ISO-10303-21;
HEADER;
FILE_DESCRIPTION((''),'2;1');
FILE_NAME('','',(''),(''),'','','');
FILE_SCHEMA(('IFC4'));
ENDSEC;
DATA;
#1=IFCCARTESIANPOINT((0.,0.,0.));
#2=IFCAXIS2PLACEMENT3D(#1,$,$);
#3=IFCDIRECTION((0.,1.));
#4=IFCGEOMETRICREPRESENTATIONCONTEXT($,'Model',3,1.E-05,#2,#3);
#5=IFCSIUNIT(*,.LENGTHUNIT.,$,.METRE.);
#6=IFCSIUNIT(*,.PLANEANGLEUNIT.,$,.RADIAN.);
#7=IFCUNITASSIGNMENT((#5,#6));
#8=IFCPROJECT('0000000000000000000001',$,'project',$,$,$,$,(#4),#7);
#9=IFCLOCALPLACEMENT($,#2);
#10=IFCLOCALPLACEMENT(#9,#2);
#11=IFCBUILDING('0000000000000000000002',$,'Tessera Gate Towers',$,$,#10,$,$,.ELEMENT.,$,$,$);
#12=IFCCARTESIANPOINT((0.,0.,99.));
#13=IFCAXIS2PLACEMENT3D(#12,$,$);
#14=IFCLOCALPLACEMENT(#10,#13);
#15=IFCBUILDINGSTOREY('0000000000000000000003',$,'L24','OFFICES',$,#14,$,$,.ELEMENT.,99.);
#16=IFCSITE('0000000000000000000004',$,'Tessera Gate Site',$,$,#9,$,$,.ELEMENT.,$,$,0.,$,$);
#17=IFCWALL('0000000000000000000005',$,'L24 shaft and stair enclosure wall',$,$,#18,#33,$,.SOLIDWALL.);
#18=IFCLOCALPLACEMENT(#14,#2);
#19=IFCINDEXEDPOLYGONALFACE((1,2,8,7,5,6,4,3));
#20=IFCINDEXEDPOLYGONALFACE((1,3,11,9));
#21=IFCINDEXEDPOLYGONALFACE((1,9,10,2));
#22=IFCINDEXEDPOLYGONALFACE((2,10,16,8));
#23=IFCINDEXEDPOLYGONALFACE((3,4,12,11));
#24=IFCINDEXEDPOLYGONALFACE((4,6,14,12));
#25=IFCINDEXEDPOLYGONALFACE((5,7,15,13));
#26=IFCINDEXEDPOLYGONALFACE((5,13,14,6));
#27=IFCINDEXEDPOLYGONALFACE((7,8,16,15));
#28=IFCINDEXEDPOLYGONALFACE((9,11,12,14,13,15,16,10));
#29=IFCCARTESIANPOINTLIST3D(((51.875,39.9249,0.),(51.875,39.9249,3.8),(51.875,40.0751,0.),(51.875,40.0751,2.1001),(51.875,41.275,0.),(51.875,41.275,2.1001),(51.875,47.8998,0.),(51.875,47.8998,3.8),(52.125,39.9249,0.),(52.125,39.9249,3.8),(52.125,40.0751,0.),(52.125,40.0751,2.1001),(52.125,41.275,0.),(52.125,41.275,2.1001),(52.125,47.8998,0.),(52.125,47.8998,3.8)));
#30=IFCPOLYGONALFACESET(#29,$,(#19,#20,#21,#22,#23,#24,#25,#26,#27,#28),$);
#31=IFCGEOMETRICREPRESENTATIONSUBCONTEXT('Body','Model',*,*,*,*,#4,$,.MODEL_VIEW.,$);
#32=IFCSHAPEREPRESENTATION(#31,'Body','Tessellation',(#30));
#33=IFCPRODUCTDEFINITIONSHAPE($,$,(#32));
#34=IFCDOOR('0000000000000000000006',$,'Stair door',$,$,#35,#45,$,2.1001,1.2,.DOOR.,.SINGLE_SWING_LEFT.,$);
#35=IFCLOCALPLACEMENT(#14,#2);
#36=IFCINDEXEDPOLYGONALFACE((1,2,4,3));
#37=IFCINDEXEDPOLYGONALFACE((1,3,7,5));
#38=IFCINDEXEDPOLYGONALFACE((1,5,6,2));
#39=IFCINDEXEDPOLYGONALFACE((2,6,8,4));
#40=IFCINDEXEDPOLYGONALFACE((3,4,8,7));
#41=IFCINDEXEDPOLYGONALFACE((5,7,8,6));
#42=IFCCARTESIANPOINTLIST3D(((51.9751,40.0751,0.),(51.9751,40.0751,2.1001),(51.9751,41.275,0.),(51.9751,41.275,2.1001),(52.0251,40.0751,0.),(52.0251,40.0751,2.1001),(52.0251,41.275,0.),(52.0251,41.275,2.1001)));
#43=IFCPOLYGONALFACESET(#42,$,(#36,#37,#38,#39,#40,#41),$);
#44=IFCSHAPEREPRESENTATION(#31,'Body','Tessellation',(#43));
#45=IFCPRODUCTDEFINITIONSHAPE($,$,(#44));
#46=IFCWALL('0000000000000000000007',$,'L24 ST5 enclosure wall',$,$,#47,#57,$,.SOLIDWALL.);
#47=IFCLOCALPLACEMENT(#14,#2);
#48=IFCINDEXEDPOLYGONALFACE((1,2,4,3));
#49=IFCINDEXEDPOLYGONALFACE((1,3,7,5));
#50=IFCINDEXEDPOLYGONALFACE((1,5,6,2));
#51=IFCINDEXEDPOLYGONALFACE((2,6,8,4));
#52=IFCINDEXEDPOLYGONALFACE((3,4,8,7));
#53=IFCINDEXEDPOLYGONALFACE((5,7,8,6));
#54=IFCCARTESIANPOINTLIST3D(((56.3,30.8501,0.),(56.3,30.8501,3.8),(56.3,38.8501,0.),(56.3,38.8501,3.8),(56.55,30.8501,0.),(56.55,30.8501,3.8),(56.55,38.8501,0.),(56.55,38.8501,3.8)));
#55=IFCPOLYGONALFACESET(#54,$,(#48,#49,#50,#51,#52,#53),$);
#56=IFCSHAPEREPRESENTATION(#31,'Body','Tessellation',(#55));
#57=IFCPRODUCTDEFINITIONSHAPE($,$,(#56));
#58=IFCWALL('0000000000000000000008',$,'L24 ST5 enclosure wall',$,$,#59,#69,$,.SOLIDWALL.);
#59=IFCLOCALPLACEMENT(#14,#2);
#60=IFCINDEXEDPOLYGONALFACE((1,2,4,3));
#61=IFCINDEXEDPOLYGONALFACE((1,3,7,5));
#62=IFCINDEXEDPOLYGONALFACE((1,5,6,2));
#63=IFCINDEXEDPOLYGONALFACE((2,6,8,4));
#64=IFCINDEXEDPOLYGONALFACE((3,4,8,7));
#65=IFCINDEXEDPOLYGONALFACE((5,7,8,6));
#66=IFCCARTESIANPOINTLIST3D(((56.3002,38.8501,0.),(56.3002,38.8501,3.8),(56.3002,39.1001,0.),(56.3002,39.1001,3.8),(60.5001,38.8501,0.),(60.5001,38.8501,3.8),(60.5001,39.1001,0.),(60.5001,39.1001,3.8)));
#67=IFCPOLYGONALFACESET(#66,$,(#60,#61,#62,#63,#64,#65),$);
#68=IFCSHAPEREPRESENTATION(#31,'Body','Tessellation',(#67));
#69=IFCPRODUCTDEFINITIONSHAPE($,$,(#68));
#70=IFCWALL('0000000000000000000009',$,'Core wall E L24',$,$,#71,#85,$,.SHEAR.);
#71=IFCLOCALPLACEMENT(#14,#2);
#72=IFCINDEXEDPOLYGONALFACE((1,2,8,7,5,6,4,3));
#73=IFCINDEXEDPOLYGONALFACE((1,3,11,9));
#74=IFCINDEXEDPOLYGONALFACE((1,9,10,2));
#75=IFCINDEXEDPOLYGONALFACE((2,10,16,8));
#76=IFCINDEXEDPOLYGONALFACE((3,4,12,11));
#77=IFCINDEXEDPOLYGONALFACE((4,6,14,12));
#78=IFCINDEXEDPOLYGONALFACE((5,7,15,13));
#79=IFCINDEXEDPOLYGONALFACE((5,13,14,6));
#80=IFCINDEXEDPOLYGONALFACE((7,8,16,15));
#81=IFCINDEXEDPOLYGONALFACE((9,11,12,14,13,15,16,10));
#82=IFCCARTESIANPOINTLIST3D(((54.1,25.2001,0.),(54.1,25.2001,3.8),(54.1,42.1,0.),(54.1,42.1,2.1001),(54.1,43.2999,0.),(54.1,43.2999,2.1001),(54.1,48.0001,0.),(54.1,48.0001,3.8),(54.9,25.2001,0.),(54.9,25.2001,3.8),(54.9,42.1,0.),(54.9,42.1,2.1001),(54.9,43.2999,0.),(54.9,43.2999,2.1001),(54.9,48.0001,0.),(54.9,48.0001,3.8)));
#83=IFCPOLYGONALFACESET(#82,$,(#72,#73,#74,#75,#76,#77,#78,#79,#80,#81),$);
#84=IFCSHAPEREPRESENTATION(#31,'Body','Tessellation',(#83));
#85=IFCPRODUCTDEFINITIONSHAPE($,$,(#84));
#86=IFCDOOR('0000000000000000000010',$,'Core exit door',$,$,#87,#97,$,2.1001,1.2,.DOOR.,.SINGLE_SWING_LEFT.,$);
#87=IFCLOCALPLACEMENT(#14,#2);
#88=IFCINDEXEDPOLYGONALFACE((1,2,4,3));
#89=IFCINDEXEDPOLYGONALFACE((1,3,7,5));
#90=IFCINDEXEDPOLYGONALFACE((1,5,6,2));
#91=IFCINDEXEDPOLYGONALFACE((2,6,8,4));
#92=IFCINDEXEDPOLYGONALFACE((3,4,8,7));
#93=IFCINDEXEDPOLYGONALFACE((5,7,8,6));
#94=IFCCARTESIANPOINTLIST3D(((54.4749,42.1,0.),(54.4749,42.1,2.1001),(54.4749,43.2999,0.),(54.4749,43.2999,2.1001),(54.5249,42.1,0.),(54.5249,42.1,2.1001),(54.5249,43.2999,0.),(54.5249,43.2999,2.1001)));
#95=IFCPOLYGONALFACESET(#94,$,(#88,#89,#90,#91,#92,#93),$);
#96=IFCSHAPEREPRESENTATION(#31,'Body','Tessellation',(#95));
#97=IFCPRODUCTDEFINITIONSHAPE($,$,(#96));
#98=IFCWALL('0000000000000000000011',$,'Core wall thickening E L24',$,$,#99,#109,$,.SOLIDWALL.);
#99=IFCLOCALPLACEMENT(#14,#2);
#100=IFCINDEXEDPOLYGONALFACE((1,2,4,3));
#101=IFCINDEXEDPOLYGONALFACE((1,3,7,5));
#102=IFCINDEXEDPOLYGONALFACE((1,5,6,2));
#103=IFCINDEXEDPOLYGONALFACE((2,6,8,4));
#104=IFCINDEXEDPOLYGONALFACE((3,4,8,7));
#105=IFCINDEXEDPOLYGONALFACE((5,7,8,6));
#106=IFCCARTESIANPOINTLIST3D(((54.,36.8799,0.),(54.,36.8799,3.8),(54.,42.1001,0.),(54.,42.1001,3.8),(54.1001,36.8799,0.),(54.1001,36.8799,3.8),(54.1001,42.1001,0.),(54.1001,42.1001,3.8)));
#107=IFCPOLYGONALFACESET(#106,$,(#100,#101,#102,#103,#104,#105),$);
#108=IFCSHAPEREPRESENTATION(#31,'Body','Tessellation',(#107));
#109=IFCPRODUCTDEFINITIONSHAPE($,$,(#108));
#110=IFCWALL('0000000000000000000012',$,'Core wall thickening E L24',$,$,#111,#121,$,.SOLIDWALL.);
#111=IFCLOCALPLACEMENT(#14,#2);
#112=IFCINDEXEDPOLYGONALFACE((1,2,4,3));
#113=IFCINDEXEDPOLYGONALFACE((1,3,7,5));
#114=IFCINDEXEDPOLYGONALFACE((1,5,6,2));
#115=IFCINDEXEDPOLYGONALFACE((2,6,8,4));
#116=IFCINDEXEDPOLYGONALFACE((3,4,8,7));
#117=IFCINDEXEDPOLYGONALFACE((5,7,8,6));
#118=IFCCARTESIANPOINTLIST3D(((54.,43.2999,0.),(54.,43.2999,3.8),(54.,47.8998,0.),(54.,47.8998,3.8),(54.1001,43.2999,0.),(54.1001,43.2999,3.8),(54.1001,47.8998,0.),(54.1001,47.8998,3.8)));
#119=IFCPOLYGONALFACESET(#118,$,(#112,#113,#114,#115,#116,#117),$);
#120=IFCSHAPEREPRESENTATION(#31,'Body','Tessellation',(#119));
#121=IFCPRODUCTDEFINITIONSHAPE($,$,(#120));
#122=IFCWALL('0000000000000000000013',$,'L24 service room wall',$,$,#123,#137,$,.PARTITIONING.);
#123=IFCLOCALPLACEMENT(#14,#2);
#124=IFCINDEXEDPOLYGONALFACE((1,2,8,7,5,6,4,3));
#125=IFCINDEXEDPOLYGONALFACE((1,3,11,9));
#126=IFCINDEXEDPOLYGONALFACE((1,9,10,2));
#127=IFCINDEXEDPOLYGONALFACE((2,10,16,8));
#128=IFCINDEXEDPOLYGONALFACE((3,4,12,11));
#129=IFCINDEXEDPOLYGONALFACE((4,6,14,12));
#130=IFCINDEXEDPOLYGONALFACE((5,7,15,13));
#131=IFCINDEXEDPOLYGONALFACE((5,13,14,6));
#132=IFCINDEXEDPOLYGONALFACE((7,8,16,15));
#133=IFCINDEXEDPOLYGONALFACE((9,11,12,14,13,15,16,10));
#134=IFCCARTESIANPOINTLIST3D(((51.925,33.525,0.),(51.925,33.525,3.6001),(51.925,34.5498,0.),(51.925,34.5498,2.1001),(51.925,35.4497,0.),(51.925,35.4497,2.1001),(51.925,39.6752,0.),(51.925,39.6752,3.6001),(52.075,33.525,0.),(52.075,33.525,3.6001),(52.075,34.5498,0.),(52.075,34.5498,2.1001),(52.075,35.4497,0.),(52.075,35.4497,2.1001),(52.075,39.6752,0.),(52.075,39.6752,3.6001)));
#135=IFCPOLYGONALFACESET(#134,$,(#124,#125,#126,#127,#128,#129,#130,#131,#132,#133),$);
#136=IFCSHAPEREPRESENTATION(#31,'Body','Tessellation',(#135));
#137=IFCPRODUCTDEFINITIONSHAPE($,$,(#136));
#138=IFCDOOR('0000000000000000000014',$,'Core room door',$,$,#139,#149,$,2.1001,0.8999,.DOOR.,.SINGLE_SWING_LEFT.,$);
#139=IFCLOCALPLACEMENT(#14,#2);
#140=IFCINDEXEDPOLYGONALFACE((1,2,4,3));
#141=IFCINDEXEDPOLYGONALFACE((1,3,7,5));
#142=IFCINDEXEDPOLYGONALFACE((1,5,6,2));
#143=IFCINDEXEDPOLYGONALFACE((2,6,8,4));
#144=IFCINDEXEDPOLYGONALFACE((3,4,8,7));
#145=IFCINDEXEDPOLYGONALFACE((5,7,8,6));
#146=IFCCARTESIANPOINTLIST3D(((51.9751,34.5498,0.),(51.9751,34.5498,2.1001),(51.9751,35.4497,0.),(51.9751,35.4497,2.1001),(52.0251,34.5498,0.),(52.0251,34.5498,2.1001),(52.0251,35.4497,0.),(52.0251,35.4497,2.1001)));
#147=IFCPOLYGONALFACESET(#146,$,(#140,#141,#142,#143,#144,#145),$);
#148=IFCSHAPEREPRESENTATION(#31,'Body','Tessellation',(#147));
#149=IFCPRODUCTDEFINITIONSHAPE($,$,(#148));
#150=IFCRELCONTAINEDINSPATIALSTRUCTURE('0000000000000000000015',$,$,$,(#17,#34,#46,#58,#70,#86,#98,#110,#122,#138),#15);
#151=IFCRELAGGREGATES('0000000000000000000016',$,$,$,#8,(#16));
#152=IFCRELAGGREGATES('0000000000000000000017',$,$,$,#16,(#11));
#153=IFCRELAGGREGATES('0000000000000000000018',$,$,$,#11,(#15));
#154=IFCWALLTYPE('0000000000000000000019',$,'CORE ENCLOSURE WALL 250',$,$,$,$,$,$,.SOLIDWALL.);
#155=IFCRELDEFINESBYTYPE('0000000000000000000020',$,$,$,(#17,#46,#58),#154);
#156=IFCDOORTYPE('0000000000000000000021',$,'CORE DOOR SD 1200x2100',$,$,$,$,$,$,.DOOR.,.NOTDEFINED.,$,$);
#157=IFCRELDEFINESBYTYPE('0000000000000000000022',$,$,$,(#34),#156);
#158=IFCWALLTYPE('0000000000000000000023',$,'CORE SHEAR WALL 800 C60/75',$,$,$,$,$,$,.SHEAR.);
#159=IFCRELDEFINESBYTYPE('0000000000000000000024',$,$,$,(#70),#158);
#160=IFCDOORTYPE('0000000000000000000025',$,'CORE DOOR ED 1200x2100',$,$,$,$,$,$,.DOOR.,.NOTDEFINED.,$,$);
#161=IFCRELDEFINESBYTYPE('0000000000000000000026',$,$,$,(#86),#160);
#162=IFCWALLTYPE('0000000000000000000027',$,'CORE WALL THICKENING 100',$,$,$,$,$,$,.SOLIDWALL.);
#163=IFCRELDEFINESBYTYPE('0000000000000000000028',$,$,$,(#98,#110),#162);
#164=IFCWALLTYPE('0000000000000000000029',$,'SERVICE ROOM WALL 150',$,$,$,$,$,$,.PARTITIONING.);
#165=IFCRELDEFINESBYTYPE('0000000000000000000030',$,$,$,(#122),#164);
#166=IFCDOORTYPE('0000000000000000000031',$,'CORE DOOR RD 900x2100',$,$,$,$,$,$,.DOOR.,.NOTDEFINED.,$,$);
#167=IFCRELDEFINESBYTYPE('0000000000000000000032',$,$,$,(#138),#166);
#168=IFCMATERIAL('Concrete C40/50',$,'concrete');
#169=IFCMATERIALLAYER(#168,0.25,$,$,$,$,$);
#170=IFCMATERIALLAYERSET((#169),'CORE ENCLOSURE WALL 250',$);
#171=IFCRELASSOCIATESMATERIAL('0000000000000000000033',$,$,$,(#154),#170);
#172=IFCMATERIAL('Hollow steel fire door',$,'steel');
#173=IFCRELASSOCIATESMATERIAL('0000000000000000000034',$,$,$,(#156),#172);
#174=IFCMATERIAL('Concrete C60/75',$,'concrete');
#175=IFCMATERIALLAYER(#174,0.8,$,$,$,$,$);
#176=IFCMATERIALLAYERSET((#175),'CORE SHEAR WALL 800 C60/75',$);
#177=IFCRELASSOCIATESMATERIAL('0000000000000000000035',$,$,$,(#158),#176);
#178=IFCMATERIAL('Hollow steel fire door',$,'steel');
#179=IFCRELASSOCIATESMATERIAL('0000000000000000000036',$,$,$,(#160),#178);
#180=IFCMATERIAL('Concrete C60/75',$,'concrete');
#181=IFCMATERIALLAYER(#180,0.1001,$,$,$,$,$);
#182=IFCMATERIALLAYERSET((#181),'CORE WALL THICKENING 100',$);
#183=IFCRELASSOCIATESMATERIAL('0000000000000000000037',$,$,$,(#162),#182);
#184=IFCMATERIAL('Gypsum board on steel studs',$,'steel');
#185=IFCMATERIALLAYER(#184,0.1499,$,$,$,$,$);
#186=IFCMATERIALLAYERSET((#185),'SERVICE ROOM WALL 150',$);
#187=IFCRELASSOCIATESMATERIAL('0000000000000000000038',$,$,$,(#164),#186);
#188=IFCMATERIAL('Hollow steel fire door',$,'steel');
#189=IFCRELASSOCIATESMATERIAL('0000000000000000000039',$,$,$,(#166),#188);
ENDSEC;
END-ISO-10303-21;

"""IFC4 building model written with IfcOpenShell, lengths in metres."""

from ifc_helpers import new_model, si_unit, direction, frame, frame_2d, origin, place, context, subcontext, project, spatial, rectangle, extrude, source, transform, mapped, material, layer, layer_set, type_object, element, fill, save


model = new_model("IFC4")

# Units and contexts
model_context = context("Model", 3, precision=1e-05, world=origin(), true_north=direction((0.0, 1.0)))
body_context = subcontext(model_context, "Body", "Model", "MODEL_VIEW")
ifc_project = project(units=[si_unit("LENGTHUNIT", "METRE"), si_unit("PLANEANGLEUNIT", "RADIAN")], contexts=[model_context])

# Site, building, storey
site_placement = place(None, origin())
site = spatial("IfcSite", under=ifc_project, at=site_placement, Name="Tessera Gate Site", CompositionType="ELEMENT", RefElevation=0.0)
building_placement = place(site_placement, origin())
building = spatial("IfcBuilding", under=site, at=building_placement, Name="Tessera Gate Towers", CompositionType="ELEMENT")
storey_placement = place(building_placement, frame((0.0, 0.0, 99.0)))
storey = spatial("IfcBuildingStorey", under=building, at=storey_placement, Name="L24", Description="OFFICES", CompositionType="ELEMENT", Elevation=99.0)

# Wall, opening, door
ifc_material_1 = material(Name="Concrete C40/50", Category="concrete")
ifc_layer_1 = layer(ifc_material_1, 0.25)
ifc_layer_set_1 = layer_set([ifc_layer_1], Name="CORE ENCLOSURE WALL 250")
wall_type_1 = type_object("IfcWallType", Name="CORE ENCLOSURE WALL 250", PredefinedType="SOLIDWALL", material=ifc_layer_set_1)
wall_1_placement = place(storey_placement, frame((52.0, 39.925, 0.0), z_axis=(0.0, 0.0, 1.0), x_axis=(0.0, 1.0, 0.0)))
wall_1 = element("IfcWall", 1, at=wall_1_placement, inside=storey, type_object=wall_type_1, Name="L24 shaft and stair enclosure wall", PredefinedType="SOLIDWALL", context=body_context, shape_type="SweptSolid", body=[
    extrude(rectangle(XDim=7.9749, YDim=0.25, at=frame_2d((3.9873, 0.0))), origin(), (0.0, 0.0, 1.0), 3.8),
])
shared_shape_1 = source(origin(), body_context, "Body", "SweptSolid", [
    extrude(rectangle(XDim=1.2, YDim=2.1001, at=frame_2d((0.6001, 1.05))), frame((0.0, 0.135, 0.0), z_axis=(0.0, -1.0, 0.0), x_axis=(1.0, 0.0, 0.0)), (0.0, 0.0, 1.0), 0.27),
])
opening_1_placement = place(wall_1_placement, frame((0.1499, 0.0, 0.0)))
opening_1 = element("IfcOpeningElement", 2, at=opening_1_placement, cuts=wall_1, PredefinedType="OPENING", context=body_context, shape_type="MappedRepresentation", body=[
    mapped(shared_shape_1, transform((0.0, 0.0, 0.0), scale=1.0)),
])
ifc_material_2 = material(Name="Hollow steel fire door", Category="steel")
door_type_1 = type_object("IfcDoorType", Name="CORE DOOR SD 1200x2100", OperationType="NOTDEFINED", PredefinedType="DOOR", material=ifc_material_2)
shared_shape_2 = source(origin(), body_context, "Body", "SweptSolid", [
    extrude(rectangle(XDim=1.2, YDim=2.1001, at=frame_2d((0.6001, 1.05))), frame((0.0, 0.0249, 0.0), z_axis=(0.0, -1.0, 0.0), x_axis=(1.0, 0.0, 0.0)), (0.0, 0.0, 1.0), 0.05),
])
door_1_placement = place(opening_1_placement, origin())
door_1 = element("IfcDoor", 3, at=door_1_placement, inside=storey, type_object=door_type_1, Name="Stair door", OperationType="SINGLE_SWING_LEFT", OverallHeight=2.1001, OverallWidth=1.2, PredefinedType="DOOR", context=body_context, shape_type="MappedRepresentation", body=[
    mapped(shared_shape_2, transform((0.0, 0.0, 0.0), scale=1.0)),
])
fill(opening_1, door_1)

# Walls
wall_2_placement = place(storey_placement, frame((56.425, 30.8501, 0.0), z_axis=(0.0, 0.0, 1.0), x_axis=(0.0, 1.0, 0.0)))
element("IfcWall", 4, at=wall_2_placement, inside=storey, type_object=wall_type_1, Name="L24 ST5 enclosure wall", PredefinedType="SOLIDWALL", context=body_context, shape_type="SweptSolid", body=[
    extrude(rectangle(XDim=8.0, YDim=0.25, at=frame_2d((4.0, 0.0))), origin(), (0.0, 0.0, 1.0), 3.8),
])
wall_3_placement = place(storey_placement, frame((56.3, 38.9751, 0.0), z_axis=(0.0, 0.0, 1.0), x_axis=(1.0, 0.0, 0.0)))
element("IfcWall", 5, at=wall_3_placement, inside=storey, type_object=wall_type_1, Name="L24 ST5 enclosure wall", PredefinedType="SOLIDWALL", context=body_context, shape_type="SweptSolid", body=[
    extrude(rectangle(XDim=4.2, YDim=0.25, at=frame_2d((2.1001, 0.0))), origin(), (0.0, 0.0, 1.0), 3.8),
])

# Wall, opening, door
ifc_material_3 = material(Name="Concrete C60/75", Category="concrete")
ifc_layer_2 = layer(ifc_material_3, 0.8)
ifc_layer_set_2 = layer_set([ifc_layer_2], Name="CORE SHEAR WALL 800 C60/75")
wall_type_2 = type_object("IfcWallType", Name="CORE SHEAR WALL 800 C60/75", PredefinedType="SHEAR", material=ifc_layer_set_2)
wall_4_placement = place(storey_placement, frame((54.5, 48.0, 0.0), z_axis=(0.0, 0.0, 1.0), x_axis=(0.0, -1.0, 0.0)))
wall_4 = element("IfcWall", 6, at=wall_4_placement, inside=storey, type_object=wall_type_2, Name="Core wall E L24", PredefinedType="SHEAR", context=body_context, shape_type="SweptSolid", body=[
    extrude(rectangle(XDim=22.8, YDim=0.8, at=frame_2d((11.3999, 0.0))), origin(), (0.0, 0.0, 1.0), 3.8),
])
shared_shape_3 = source(origin(), body_context, "Body", "SweptSolid", [
    extrude(rectangle(XDim=1.2, YDim=2.1001, at=frame_2d((0.6001, 1.05))), frame((0.0, 0.4099, 0.0), z_axis=(0.0, -1.0, 0.0), x_axis=(1.0, 0.0, 0.0)), (0.0, 0.0, 1.0), 0.8201),
])
opening_2_placement = place(wall_4_placement, frame((4.7, 0.0, 0.0)))
opening_2 = element("IfcOpeningElement", 7, at=opening_2_placement, cuts=wall_4, PredefinedType="OPENING", context=body_context, shape_type="MappedRepresentation", body=[
    mapped(shared_shape_3, transform((0.0, 0.0, 0.0), scale=1.0)),
])
ifc_material_4 = material(Name="Hollow steel fire door", Category="steel")
door_type_2 = type_object("IfcDoorType", Name="CORE DOOR ED 1200x2100", OperationType="NOTDEFINED", PredefinedType="DOOR", material=ifc_material_4)
door_2_placement = place(opening_2_placement, origin())
door_2 = element("IfcDoor", 8, at=door_2_placement, inside=storey, type_object=door_type_2, Name="Core exit door", OperationType="SINGLE_SWING_LEFT", OverallHeight=2.1001, OverallWidth=1.2, PredefinedType="DOOR", context=body_context, shape_type="MappedRepresentation", body=[
    mapped(shared_shape_2, transform((0.0, 0.0, 0.0), scale=1.0)),
])
fill(opening_2, door_2)

# Walls
ifc_material_5 = material(Name="Concrete C60/75", Category="concrete")
ifc_layer_3 = layer(ifc_material_5, 0.1001)
ifc_layer_set_3 = layer_set([ifc_layer_3], Name="CORE WALL THICKENING 100")
wall_type_3 = type_object("IfcWallType", Name="CORE WALL THICKENING 100", PredefinedType="SOLIDWALL", material=ifc_layer_set_3)
wall_5_placement = place(storey_placement, frame((54.05, 36.8799, 0.0), z_axis=(0.0, 0.0, 1.0), x_axis=(0.0, 1.0, 0.0)))
element("IfcWall", 9, at=wall_5_placement, inside=storey, type_object=wall_type_3, Name="Core wall thickening E L24", PredefinedType="SOLIDWALL", context=body_context, shape_type="SweptSolid", body=[
    extrude(rectangle(XDim=5.2202, YDim=0.1001, at=frame_2d((2.6101, 0.0))), origin(), (0.0, 0.0, 1.0), 3.8),
])
wall_6_placement = place(storey_placement, frame((54.05, 43.3, 0.0), z_axis=(0.0, 0.0, 1.0), x_axis=(0.0, 1.0, 0.0)))
element("IfcWall", 10, at=wall_6_placement, inside=storey, type_object=wall_type_3, Name="Core wall thickening E L24", PredefinedType="SOLIDWALL", context=body_context, shape_type="SweptSolid", body=[
    extrude(rectangle(XDim=4.5999, YDim=0.1001, at=frame_2d((2.2998, 0.0))), origin(), (0.0, 0.0, 1.0), 3.8),
])

# Wall, opening, door
ifc_material_6 = material(Name="Gypsum board on steel studs", Category="steel")
ifc_layer_4 = layer(ifc_material_6, 0.1499)
ifc_layer_set_4 = layer_set([ifc_layer_4], Name="SERVICE ROOM WALL 150")
wall_type_4 = type_object("IfcWallType", Name="SERVICE ROOM WALL 150", PredefinedType="PARTITIONING", material=ifc_layer_set_4)
wall_7_placement = place(storey_placement, frame((52.0, 33.5249, 0.0), z_axis=(0.0, 0.0, 1.0), x_axis=(0.0, 1.0, 0.0)))
wall_7 = element("IfcWall", 11, at=wall_7_placement, inside=storey, type_object=wall_type_4, Name="L24 service room wall", PredefinedType="PARTITIONING", context=body_context, shape_type="SweptSolid", body=[
    extrude(rectangle(XDim=6.1501, YDim=0.1499, at=frame_2d((3.0752, 0.0))), origin(), (0.0, 0.0, 1.0), 3.6001),
])
shared_shape_4 = source(origin(), body_context, "Body", "SweptSolid", [
    extrude(rectangle(XDim=0.8999, YDim=2.1001, at=frame_2d((0.45, 1.05))), frame((0.0, 0.085, 0.0), z_axis=(0.0, -1.0, 0.0), x_axis=(1.0, 0.0, 0.0)), (0.0, 0.0, 1.0), 0.1699),
])
opening_3_placement = place(wall_7_placement, frame((1.0249, 0.0, 0.0)))
opening_3 = element("IfcOpeningElement", 12, at=opening_3_placement, cuts=wall_7, PredefinedType="OPENING", context=body_context, shape_type="MappedRepresentation", body=[
    mapped(shared_shape_4, transform((0.0, 0.0, 0.0), scale=1.0)),
])
ifc_material_7 = material(Name="Hollow steel fire door", Category="steel")
door_type_3 = type_object("IfcDoorType", Name="CORE DOOR RD 900x2100", OperationType="NOTDEFINED", PredefinedType="DOOR", material=ifc_material_7)
shared_shape_5 = source(origin(), body_context, "Body", "SweptSolid", [
    extrude(rectangle(XDim=0.8999, YDim=2.1001, at=frame_2d((0.45, 1.05))), frame((0.0, 0.0249, 0.0), z_axis=(0.0, -1.0, 0.0), x_axis=(1.0, 0.0, 0.0)), (0.0, 0.0, 1.0), 0.05),
])
door_3_placement = place(opening_3_placement, origin())
door_3 = element("IfcDoor", 13, at=door_3_placement, inside=storey, type_object=door_type_3, Name="Core room door", OperationType="SINGLE_SWING_LEFT", OverallHeight=2.1001, OverallWidth=0.8999, PredefinedType="DOOR", context=body_context, shape_type="MappedRepresentation", body=[
    mapped(shared_shape_5, transform((0.0, 0.0, 0.0), scale=1.0)),
])
fill(opening_3, door_3)

save(model, "model.ifc")
